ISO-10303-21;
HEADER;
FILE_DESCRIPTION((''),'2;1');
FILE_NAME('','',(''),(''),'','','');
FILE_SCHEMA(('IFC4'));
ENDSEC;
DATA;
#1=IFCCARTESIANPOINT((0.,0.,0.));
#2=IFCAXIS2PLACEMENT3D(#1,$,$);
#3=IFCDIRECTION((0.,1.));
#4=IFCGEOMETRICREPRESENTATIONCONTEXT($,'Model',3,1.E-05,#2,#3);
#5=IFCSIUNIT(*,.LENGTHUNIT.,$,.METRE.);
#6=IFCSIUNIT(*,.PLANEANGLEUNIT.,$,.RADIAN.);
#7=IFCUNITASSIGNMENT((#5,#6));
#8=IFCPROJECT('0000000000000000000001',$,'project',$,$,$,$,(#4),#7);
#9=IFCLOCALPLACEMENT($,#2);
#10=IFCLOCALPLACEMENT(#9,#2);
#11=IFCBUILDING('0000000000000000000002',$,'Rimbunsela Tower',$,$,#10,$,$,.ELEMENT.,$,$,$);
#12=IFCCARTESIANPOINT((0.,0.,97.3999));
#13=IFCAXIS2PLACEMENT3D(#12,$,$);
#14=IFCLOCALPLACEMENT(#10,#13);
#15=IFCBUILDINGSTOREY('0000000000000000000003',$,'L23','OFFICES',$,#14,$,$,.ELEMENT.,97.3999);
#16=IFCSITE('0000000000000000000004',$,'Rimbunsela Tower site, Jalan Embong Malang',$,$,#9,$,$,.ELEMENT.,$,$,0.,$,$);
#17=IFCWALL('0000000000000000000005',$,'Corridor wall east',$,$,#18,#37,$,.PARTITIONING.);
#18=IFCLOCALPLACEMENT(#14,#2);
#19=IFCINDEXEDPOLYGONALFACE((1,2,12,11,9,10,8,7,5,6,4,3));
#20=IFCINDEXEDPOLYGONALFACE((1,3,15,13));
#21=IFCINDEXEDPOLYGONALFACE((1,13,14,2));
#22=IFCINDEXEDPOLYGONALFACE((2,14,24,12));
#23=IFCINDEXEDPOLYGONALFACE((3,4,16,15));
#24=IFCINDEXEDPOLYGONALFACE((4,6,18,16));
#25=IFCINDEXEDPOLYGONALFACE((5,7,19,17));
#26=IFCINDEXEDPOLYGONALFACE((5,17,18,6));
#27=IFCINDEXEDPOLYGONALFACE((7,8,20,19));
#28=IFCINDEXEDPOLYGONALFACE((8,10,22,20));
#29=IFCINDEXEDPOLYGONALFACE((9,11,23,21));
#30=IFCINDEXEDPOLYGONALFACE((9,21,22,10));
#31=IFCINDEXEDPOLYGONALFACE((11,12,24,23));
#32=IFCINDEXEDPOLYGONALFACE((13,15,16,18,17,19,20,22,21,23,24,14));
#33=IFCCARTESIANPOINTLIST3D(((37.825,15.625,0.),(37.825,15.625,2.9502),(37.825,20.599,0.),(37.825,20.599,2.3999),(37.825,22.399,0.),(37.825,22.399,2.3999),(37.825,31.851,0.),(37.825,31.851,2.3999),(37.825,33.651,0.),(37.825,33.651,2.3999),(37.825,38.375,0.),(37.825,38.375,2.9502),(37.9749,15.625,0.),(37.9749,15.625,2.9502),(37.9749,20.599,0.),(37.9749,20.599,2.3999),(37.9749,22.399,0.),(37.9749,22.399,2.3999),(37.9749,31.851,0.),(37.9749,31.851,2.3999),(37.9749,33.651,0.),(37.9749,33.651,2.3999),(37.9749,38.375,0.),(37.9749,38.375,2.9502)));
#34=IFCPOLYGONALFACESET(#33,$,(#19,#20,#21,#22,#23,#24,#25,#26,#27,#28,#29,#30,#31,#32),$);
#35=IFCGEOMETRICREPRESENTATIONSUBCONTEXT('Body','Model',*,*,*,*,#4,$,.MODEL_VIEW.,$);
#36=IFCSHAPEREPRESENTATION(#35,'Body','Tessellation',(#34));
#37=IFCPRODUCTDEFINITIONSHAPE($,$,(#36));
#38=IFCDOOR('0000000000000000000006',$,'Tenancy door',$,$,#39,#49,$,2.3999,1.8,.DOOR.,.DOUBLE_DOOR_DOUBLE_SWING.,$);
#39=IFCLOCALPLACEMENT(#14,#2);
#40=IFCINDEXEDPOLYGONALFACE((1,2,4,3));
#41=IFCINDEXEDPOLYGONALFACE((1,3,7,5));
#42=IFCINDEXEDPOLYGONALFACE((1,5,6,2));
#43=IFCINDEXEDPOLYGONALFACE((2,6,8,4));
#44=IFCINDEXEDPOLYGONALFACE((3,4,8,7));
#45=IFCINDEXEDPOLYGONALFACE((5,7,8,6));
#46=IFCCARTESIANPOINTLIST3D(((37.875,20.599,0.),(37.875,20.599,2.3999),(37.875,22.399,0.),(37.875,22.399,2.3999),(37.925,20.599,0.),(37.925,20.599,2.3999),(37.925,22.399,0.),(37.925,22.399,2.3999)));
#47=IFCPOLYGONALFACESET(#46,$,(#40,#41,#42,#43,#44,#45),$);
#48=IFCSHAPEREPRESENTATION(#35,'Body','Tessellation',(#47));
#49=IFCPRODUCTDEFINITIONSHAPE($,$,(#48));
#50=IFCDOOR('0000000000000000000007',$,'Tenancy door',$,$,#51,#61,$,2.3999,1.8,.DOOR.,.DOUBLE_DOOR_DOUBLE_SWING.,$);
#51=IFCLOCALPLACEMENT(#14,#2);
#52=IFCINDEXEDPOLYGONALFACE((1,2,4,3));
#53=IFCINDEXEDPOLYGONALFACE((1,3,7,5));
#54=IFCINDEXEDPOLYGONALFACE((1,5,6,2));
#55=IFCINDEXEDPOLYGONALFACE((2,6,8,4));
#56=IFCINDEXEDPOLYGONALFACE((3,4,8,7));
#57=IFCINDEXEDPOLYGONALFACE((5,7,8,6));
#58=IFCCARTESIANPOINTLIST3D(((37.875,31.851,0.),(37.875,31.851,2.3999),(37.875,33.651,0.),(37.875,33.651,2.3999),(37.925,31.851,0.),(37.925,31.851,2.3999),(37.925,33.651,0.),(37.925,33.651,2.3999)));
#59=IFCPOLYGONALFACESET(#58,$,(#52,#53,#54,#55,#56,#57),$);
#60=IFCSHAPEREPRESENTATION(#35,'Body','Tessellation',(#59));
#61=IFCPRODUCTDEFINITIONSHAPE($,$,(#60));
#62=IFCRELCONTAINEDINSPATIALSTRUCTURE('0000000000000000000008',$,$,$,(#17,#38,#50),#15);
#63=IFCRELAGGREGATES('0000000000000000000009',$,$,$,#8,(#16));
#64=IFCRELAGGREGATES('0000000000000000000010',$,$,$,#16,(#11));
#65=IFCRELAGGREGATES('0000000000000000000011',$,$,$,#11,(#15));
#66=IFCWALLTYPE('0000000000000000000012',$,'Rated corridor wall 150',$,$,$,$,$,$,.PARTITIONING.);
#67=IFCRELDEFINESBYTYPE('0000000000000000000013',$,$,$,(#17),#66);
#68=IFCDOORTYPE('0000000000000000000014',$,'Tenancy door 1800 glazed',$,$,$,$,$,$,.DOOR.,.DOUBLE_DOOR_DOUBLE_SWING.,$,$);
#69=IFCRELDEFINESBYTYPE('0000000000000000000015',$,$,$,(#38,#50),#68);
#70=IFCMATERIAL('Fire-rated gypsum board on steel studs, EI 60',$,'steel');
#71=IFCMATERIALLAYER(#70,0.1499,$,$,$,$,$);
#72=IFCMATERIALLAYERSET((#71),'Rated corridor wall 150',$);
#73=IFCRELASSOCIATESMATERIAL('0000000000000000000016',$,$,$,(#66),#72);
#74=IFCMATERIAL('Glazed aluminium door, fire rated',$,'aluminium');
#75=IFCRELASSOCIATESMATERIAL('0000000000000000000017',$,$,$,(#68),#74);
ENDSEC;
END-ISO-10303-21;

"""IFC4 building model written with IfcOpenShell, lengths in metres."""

from ifc_helpers import new_model, si_unit, direction, frame, frame_2d, origin, place, context, subcontext, project, spatial, rectangle, extrude, material, layer, layer_set, type_object, element, fill, save


model = new_model("IFC4")

# Units and contexts
model_context = context("Model", 3, precision=1e-05, world=origin(), true_north=direction((0.0, 1.0)))
body_context = subcontext(model_context, "Body", "Model", "MODEL_VIEW")
ifc_project = project(units=[si_unit("LENGTHUNIT", "METRE"), si_unit("PLANEANGLEUNIT", "RADIAN")], contexts=[model_context])

# Site, building, storey
site_placement = place(None, origin())
site = spatial("IfcSite", under=ifc_project, at=site_placement, Name="Rimbunsela Tower site, Jalan Embong Malang", CompositionType="ELEMENT", RefElevation=0.0)
building_placement = place(site_placement, origin())
building = spatial("IfcBuilding", under=site, at=building_placement, Name="Rimbunsela Tower", CompositionType="ELEMENT")
storey_placement = place(building_placement, frame((0.0, 0.0, 97.3999)))
storey = spatial("IfcBuildingStorey", under=building, at=storey_placement, Name="L23", Description="OFFICES", CompositionType="ELEMENT", Elevation=97.3999)

# Wall, openings, doors
ifc_material_1 = material(Name="Fire-rated gypsum board on steel studs, EI 60", Category="steel")
ifc_layer_1 = layer(ifc_material_1, 0.1499)
ifc_layer_set_1 = layer_set([ifc_layer_1], Name="Rated corridor wall 150")
wall_type_1 = type_object("IfcWallType", Name="Rated corridor wall 150", PredefinedType="PARTITIONING", material=ifc_layer_set_1)
wall_1_placement = place(storey_placement, frame((37.8999, 15.625, 0.0), z_axis=(0.0, 0.0, 1.0), x_axis=(0.0, 1.0, 0.0)))
wall_1 = element("IfcWall", 1, at=wall_1_placement, inside=storey, type_object=wall_type_1, Name="Corridor wall east", PredefinedType="PARTITIONING", context=body_context, shape_type="SweptSolid", body=[
    extrude(rectangle(XDim=22.75, YDim=0.1499, at=frame_2d((11.375, 0.0))), origin(), (0.0, 0.0, 1.0), 2.9502),
])
opening_1_placement = place(wall_1_placement, frame((4.9741, 0.0, 0.0)))
opening_1 = element("IfcOpeningElement", 2, at=opening_1_placement, cuts=wall_1, PredefinedType="OPENING", context=body_context, shape_type="SweptSolid", body=[
    extrude(rectangle(XDim=1.8, YDim=2.3999, at=frame_2d((0.8999, 1.2))), frame((0.0, 0.085, 0.0), z_axis=(0.0, -1.0, 0.0), x_axis=(1.0, 0.0, 0.0)), (0.0, 0.0, 1.0), 0.1699),
])
opening_2_placement = place(wall_1_placement, frame((16.2261, 0.0, 0.0)))
opening_2 = element("IfcOpeningElement", 3, at=opening_2_placement, cuts=wall_1, PredefinedType="OPENING", context=body_context, shape_type="SweptSolid", body=[
    extrude(rectangle(XDim=1.8, YDim=2.3999, at=frame_2d((0.8999, 1.2))), frame((0.0, 0.085, 0.0), z_axis=(0.0, -1.0, 0.0), x_axis=(1.0, 0.0, 0.0)), (0.0, 0.0, 1.0), 0.1699),
])
ifc_material_2 = material(Name="Glazed aluminium door, fire rated", Category="aluminium")
door_type_1 = type_object("IfcDoorType", Name="Tenancy door 1800 glazed", OperationType="DOUBLE_DOOR_DOUBLE_SWING", PredefinedType="DOOR", material=ifc_material_2)
door_1_placement = place(opening_1_placement, origin())
door_1 = element("IfcDoor", 4, at=door_1_placement, inside=storey, type_object=door_type_1, Name="Tenancy door", OperationType="DOUBLE_DOOR_DOUBLE_SWING", OverallHeight=2.3999, OverallWidth=1.8, PredefinedType="DOOR", context=body_context, shape_type="SweptSolid", body=[
    extrude(rectangle(XDim=1.8, YDim=2.3999, at=frame_2d((0.8999, 1.2))), frame((0.0, 0.0249, 0.0), z_axis=(0.0, -1.0, 0.0), x_axis=(1.0, 0.0, 0.0)), (0.0, 0.0, 1.0), 0.05),
])
fill(opening_1, door_1)
door_2_placement = place(opening_2_placement, origin())
door_2 = element("IfcDoor", 5, at=door_2_placement, inside=storey, type_object=door_type_1, Name="Tenancy door", OperationType="DOUBLE_DOOR_DOUBLE_SWING", OverallHeight=2.3999, OverallWidth=1.8, PredefinedType="DOOR", context=body_context, shape_type="SweptSolid", body=[
    extrude(rectangle(XDim=1.8, YDim=2.3999, at=frame_2d((0.8999, 1.2))), frame((0.0, 0.0249, 0.0), z_axis=(0.0, -1.0, 0.0), x_axis=(1.0, 0.0, 0.0)), (0.0, 0.0, 1.0), 0.05),
])
fill(opening_2, door_2)

save(model, "model.ifc")
